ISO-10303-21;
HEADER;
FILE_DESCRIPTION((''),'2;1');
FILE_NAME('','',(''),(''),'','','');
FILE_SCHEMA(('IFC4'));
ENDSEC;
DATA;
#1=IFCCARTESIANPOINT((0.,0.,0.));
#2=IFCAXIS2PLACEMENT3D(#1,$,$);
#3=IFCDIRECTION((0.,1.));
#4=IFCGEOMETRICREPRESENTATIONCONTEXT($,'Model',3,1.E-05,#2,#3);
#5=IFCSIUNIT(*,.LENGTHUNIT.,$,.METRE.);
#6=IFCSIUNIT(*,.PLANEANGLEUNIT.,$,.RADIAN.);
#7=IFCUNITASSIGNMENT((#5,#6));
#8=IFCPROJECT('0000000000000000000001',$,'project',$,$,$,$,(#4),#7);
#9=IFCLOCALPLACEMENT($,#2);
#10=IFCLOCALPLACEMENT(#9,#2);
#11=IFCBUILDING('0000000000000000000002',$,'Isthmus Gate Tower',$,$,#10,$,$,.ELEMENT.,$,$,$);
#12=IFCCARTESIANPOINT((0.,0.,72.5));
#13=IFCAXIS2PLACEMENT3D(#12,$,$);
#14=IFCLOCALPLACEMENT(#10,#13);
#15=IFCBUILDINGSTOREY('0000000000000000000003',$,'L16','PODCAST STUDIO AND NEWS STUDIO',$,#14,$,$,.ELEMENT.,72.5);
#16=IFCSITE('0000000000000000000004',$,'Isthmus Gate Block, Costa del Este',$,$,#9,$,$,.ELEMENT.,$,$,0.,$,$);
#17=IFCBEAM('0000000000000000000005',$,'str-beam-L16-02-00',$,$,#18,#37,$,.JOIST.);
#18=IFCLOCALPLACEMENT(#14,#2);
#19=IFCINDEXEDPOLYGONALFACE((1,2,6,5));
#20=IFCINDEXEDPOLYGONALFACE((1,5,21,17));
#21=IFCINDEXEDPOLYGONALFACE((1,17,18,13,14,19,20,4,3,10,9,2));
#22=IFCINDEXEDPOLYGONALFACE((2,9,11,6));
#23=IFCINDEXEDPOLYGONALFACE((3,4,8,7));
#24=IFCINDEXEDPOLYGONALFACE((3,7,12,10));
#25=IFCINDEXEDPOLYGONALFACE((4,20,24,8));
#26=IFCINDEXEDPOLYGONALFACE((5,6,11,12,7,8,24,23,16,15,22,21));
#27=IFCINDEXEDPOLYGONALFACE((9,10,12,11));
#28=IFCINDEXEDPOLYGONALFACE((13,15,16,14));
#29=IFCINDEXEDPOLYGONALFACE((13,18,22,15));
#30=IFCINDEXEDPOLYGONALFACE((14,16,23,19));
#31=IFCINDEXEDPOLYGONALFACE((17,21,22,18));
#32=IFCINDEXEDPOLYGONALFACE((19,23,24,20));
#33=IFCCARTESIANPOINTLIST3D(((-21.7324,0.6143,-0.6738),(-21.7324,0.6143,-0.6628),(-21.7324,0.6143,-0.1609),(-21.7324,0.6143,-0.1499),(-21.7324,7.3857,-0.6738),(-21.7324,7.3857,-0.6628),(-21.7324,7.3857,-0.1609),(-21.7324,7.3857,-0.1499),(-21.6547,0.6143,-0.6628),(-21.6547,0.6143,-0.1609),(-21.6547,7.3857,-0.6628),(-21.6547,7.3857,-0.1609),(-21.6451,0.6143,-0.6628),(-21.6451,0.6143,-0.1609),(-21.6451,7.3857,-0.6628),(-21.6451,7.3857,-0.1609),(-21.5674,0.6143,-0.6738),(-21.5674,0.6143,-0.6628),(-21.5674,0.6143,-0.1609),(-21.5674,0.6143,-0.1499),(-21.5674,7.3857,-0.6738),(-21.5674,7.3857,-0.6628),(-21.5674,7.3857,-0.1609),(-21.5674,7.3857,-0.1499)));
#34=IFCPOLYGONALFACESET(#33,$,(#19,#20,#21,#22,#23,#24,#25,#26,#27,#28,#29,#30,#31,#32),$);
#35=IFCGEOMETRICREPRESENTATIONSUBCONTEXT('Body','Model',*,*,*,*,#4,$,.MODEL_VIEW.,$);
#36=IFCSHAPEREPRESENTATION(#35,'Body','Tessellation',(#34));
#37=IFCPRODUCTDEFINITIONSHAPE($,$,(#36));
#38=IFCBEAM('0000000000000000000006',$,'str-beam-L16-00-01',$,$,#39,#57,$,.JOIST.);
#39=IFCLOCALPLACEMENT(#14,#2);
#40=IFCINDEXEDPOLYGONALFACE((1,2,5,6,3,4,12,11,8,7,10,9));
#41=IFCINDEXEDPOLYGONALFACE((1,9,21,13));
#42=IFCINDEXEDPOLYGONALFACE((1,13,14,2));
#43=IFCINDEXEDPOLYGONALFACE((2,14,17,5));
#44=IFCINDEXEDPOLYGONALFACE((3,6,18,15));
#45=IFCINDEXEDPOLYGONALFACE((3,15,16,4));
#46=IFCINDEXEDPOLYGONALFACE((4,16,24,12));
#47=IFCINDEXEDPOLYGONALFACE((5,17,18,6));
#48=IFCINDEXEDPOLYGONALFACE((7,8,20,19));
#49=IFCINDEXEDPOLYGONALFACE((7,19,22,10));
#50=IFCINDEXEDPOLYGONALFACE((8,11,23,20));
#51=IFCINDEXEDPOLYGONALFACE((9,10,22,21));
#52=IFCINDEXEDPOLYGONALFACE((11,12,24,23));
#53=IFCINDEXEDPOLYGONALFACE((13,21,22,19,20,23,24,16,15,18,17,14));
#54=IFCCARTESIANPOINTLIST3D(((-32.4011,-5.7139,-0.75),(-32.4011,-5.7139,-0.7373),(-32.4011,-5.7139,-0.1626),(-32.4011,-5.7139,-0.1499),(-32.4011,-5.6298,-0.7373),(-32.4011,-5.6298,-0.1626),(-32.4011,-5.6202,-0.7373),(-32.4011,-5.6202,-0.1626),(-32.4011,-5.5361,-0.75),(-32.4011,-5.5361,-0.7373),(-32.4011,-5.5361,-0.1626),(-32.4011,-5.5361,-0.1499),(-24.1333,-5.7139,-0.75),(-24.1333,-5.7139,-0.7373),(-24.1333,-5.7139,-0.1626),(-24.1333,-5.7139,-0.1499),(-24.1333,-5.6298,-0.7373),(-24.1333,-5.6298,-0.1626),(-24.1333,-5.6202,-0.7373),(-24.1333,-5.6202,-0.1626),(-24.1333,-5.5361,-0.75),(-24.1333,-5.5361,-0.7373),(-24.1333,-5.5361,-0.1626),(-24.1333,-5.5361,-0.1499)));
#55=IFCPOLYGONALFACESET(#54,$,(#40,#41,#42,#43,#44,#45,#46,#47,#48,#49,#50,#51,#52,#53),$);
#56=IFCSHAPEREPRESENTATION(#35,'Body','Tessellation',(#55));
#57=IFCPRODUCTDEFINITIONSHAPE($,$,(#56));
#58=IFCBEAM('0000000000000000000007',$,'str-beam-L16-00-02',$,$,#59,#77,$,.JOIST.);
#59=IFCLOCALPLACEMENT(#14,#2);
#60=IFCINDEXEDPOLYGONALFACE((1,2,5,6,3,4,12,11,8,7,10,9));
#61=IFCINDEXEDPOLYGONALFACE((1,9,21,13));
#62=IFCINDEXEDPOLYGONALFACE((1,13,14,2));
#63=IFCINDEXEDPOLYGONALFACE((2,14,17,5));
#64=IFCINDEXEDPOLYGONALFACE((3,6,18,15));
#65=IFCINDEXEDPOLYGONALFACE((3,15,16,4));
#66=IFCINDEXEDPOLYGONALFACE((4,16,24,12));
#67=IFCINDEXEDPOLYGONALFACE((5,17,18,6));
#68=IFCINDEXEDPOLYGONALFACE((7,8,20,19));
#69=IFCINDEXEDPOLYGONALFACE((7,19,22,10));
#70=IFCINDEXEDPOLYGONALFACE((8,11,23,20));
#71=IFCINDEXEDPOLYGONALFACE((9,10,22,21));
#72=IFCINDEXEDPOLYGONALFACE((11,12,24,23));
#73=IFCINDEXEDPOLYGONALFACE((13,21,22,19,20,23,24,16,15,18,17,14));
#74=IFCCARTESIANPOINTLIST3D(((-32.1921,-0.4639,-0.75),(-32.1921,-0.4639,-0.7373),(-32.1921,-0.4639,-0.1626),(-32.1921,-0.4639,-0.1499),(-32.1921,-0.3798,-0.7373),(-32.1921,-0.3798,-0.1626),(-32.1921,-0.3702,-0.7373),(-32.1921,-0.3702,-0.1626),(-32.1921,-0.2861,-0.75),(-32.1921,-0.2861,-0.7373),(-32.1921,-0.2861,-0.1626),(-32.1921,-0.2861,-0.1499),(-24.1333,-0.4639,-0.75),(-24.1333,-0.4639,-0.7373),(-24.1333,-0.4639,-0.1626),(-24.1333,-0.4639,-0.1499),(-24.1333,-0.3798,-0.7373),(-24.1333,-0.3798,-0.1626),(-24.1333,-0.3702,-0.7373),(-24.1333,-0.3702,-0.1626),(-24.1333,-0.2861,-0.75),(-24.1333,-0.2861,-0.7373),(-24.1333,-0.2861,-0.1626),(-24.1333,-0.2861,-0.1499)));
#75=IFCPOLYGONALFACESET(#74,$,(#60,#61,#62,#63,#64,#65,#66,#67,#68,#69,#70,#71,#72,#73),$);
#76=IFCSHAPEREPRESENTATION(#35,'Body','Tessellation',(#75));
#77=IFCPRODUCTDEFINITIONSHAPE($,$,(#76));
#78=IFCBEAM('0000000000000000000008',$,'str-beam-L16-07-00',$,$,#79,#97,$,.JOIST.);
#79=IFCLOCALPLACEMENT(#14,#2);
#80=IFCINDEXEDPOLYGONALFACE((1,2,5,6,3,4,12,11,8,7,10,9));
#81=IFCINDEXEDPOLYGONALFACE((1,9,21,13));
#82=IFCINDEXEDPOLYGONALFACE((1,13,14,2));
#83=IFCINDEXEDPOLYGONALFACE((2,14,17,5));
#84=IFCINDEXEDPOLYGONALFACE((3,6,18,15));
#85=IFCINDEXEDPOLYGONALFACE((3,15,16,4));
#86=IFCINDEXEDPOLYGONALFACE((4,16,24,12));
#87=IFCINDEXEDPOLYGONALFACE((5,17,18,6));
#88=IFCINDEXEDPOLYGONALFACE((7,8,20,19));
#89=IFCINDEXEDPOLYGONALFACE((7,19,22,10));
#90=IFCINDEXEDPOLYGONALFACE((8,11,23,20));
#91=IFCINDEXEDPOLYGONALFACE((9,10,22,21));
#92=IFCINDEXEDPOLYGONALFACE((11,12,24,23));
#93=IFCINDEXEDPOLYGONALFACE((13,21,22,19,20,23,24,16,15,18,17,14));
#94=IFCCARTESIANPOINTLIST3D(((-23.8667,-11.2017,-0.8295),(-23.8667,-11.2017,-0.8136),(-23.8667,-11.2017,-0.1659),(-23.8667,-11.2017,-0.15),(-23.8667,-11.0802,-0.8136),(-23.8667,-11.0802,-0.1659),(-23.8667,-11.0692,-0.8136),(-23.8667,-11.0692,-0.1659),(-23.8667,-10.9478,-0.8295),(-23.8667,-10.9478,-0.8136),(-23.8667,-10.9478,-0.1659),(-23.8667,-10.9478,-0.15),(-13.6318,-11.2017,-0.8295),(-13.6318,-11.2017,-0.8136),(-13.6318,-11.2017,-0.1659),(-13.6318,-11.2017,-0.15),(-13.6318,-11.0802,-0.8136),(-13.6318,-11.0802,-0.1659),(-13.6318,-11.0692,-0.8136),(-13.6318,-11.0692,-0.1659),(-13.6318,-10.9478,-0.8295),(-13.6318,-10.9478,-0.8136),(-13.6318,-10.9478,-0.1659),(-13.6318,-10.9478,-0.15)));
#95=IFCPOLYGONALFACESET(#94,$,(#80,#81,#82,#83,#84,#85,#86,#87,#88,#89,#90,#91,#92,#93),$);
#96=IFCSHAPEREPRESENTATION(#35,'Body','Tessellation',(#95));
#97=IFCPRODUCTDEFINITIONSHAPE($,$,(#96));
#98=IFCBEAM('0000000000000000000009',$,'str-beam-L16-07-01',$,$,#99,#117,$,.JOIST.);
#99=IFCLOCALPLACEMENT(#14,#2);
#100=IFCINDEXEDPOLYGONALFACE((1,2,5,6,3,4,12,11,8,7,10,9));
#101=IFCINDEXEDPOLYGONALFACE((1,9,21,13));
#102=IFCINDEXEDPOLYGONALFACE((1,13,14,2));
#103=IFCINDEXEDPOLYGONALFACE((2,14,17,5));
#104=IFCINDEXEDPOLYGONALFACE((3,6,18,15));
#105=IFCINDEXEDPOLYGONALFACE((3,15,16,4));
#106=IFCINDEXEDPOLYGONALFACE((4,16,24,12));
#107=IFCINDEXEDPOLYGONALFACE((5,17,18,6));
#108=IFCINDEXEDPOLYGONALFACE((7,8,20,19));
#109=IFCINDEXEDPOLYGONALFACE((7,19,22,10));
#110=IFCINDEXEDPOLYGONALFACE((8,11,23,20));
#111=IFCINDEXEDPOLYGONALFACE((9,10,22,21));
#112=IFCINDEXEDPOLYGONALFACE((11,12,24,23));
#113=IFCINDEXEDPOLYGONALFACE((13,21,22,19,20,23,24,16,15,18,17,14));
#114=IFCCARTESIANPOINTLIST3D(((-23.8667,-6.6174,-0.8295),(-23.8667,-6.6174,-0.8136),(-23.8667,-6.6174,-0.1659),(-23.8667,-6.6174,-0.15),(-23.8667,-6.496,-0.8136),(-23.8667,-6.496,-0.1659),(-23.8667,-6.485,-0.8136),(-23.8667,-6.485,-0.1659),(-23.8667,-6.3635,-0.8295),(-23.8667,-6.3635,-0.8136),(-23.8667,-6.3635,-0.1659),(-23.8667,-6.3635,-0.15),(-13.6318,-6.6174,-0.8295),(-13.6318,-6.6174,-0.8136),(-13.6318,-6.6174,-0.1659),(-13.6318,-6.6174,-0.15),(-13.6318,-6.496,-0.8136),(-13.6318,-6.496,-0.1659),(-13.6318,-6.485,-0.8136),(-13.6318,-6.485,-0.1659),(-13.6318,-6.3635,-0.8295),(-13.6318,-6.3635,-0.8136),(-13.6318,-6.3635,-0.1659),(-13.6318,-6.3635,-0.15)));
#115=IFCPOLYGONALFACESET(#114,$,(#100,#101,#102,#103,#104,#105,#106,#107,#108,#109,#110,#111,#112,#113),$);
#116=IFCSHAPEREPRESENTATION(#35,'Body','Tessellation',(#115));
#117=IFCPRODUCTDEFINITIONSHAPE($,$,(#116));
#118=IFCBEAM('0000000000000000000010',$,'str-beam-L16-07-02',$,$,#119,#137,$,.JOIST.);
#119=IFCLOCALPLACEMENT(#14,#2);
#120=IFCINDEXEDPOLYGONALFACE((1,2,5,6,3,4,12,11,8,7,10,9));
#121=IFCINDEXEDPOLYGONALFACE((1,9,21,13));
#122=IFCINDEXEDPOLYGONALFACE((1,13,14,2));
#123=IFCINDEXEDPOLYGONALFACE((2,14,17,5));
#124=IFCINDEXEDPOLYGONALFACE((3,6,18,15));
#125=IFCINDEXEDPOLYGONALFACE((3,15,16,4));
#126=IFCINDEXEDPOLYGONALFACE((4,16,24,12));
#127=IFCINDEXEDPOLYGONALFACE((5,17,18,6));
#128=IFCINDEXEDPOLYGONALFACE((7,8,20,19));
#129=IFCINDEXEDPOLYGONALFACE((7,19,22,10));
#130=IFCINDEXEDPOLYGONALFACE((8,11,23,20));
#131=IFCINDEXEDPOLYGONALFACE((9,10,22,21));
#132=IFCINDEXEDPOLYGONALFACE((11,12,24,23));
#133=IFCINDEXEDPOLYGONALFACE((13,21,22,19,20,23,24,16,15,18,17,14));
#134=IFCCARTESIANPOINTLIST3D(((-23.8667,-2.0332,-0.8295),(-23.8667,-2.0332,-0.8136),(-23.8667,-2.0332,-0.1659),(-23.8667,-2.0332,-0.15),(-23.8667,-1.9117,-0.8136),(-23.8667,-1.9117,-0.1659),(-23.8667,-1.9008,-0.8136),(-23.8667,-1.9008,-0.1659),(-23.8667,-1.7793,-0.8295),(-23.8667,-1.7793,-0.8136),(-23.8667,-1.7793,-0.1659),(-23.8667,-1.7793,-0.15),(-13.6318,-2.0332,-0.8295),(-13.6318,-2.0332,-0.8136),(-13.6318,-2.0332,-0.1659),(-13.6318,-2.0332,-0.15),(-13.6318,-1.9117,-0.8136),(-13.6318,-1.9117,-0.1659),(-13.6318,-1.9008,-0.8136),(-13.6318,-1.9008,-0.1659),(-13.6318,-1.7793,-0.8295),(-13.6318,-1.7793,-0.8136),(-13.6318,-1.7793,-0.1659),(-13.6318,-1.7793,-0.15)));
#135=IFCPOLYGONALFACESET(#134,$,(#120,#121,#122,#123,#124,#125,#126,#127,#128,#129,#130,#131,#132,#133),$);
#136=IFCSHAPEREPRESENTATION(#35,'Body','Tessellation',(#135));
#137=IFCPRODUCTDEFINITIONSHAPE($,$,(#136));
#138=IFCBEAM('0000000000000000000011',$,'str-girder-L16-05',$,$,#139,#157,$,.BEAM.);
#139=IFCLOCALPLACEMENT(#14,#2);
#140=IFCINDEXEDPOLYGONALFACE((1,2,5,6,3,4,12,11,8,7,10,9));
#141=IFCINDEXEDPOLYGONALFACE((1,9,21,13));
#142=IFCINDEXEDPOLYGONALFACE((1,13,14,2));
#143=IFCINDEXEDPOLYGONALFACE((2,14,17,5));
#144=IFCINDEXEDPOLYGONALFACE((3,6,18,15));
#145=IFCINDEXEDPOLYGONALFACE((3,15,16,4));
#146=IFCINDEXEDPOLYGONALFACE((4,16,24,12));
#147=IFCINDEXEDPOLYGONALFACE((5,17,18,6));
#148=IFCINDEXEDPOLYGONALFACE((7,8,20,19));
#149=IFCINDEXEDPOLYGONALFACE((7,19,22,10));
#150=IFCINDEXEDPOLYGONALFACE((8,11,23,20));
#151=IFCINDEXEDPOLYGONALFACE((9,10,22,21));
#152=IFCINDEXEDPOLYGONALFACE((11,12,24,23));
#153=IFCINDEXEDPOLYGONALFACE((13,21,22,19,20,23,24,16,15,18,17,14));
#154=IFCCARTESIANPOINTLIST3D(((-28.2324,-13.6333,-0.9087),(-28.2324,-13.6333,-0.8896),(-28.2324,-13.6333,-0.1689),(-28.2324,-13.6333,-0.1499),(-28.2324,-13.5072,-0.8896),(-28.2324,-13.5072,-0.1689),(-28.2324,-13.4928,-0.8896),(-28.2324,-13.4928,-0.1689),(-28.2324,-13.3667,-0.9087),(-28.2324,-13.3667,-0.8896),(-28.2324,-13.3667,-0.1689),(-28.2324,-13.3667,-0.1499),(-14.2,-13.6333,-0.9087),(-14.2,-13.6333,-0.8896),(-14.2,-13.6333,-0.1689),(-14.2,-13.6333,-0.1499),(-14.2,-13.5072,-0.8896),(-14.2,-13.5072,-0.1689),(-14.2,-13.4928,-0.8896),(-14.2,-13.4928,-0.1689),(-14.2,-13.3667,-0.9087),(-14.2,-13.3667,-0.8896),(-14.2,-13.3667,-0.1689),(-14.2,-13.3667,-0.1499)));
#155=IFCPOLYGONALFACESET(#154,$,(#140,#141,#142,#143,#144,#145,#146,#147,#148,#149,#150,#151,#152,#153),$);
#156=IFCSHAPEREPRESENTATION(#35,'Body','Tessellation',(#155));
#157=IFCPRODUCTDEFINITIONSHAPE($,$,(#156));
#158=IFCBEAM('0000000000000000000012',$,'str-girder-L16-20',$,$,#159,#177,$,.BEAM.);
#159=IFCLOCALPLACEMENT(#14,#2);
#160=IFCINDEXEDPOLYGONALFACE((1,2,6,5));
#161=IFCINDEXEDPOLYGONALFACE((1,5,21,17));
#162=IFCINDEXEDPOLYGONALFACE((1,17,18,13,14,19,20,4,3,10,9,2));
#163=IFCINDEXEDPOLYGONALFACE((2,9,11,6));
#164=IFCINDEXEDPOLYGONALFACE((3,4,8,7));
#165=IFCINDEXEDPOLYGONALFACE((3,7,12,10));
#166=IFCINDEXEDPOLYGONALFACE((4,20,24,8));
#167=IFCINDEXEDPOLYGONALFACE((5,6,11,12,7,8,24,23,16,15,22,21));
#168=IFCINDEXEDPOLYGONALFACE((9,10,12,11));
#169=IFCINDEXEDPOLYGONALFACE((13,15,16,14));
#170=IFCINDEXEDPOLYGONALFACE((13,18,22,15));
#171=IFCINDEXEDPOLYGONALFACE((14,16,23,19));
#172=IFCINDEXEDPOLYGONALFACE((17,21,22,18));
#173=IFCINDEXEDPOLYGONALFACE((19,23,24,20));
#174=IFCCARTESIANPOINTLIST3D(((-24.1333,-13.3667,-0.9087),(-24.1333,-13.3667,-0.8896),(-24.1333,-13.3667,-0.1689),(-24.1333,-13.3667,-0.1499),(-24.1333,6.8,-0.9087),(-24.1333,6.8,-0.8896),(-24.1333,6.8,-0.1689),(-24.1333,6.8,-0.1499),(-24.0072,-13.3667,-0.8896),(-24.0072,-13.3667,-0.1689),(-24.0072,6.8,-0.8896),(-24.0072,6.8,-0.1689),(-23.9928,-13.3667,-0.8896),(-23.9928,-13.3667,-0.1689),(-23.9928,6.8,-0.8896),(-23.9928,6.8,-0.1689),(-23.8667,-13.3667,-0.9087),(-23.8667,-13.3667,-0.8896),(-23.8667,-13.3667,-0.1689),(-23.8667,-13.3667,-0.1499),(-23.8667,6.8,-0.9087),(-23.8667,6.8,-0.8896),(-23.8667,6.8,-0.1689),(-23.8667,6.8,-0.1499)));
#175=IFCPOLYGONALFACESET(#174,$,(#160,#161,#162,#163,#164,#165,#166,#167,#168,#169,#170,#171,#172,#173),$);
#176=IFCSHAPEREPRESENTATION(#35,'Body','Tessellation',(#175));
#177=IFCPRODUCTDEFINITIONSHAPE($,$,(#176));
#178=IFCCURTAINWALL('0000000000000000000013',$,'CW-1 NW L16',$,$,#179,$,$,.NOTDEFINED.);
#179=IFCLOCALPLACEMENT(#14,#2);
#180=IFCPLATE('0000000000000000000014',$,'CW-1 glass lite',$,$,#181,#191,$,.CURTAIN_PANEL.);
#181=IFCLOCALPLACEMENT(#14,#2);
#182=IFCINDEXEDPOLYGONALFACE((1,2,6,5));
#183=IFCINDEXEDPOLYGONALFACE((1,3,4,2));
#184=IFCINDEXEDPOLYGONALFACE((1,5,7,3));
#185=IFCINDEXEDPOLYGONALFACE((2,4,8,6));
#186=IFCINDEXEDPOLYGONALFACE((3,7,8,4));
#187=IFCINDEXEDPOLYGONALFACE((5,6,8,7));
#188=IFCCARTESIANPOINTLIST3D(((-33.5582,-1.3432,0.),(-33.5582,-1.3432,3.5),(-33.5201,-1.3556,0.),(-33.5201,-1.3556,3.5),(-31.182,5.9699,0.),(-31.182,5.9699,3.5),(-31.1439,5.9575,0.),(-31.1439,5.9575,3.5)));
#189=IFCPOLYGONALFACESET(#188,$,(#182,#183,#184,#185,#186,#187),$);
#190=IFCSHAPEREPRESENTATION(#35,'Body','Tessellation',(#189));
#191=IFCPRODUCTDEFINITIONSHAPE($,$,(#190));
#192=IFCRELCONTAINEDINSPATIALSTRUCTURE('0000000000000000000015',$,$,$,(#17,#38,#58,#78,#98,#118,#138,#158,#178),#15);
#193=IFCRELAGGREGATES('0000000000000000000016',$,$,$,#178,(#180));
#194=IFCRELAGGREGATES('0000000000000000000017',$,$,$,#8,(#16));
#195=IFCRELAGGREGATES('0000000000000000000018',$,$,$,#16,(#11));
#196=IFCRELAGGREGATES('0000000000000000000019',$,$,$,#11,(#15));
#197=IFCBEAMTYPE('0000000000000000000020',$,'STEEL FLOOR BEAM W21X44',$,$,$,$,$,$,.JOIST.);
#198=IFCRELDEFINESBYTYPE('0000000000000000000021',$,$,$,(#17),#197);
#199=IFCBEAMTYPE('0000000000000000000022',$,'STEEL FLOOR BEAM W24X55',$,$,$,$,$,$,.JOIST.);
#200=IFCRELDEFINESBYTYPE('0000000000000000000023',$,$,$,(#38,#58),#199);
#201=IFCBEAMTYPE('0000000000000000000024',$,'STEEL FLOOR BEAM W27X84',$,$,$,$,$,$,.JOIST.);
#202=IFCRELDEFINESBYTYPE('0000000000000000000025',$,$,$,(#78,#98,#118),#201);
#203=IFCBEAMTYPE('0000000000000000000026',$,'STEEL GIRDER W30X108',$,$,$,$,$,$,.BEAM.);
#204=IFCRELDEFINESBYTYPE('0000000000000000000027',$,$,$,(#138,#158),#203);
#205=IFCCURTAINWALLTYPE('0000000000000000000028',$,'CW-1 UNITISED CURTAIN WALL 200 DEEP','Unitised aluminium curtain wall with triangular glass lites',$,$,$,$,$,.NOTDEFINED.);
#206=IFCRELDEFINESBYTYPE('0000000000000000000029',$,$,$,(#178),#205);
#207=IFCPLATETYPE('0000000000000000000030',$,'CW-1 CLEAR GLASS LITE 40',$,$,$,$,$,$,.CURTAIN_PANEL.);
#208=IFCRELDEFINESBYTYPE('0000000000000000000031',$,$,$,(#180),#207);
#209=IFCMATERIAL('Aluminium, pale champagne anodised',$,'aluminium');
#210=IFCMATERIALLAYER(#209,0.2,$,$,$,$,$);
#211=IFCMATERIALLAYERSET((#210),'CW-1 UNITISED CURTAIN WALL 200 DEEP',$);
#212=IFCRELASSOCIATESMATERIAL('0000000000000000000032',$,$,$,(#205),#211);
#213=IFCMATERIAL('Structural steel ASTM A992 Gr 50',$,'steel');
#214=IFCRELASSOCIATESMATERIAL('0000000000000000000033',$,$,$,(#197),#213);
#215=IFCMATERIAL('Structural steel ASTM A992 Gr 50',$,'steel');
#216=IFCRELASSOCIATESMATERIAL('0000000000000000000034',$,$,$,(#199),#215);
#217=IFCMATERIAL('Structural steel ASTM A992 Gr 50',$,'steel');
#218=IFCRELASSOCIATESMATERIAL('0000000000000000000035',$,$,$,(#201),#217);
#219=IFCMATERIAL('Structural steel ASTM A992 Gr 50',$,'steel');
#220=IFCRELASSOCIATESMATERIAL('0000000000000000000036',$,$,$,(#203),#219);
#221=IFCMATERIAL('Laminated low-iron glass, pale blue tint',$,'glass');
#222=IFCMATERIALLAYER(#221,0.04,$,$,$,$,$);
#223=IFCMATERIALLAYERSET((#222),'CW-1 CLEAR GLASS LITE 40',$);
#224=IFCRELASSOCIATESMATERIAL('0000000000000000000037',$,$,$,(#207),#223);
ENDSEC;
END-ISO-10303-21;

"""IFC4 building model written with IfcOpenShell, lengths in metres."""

from ifc_helpers import new_model, si_unit, direction, frame, origin, origin_2d, place, context, subcontext, project, spatial, rectangle, i_section, extrude, material, layer, layer_set, material_profile, profile_set, type_object, element, aggregate, save


model = new_model("IFC4")

# Units and contexts
model_context = context("Model", 3, precision=1e-05, world=origin(), true_north=direction((0.0, 1.0)))
body_context = subcontext(model_context, "Body", "Model", "MODEL_VIEW")
ifc_project = project(units=[si_unit("LENGTHUNIT", "METRE"), si_unit("PLANEANGLEUNIT", "RADIAN")], contexts=[model_context])

# Site, building, storey
site_placement = place(None, origin())
site = spatial("IfcSite", under=ifc_project, at=site_placement, Name="Isthmus Gate Block, Costa del Este", CompositionType="ELEMENT", RefElevation=0.0)
building_placement = place(site_placement, origin())
building = spatial("IfcBuilding", under=site, at=building_placement, Name="Isthmus Gate Tower", CompositionType="ELEMENT")
storey_placement = place(building_placement, frame((0.0, 0.0, 72.5)))
storey = spatial("IfcBuildingStorey", under=building, at=storey_placement, Name="L16", Description="PODCAST STUDIO AND NEWS STUDIO", CompositionType="ELEMENT", Elevation=72.5)

# Shared definitions
ifc_material_1 = material(Name="Aluminium, pale champagne anodised", Category="aluminium")
ifc_layer_1 = layer(ifc_material_1, 0.2)
ifc_layer_set_1 = layer_set([ifc_layer_1], Name="CW-1 UNITISED CURTAIN WALL 200 DEEP")
curtain_wall_type = type_object("IfcCurtainWallType", Name="CW-1 UNITISED CURTAIN WALL 200 DEEP", Description="Unitised aluminium curtain wall with triangular glass lites", PredefinedType="NOTDEFINED", material=ifc_layer_set_1)

# Beams
ifc_material_2 = material(Name="Structural steel ASTM A992 Gr 50", Category="steel")
ifc_material_profile_1 = material_profile(ifc_material_2, i_section(OverallWidth=0.165, OverallDepth=0.5239, WebThickness=0.0095, FlangeThickness=0.011, at=origin_2d()), Name="W21X44")
ifc_profile_set_1 = profile_set([ifc_material_profile_1], Name="Structural steel ASTM A992 Gr 50")
beam_type_1 = type_object("IfcBeamType", Name="STEEL FLOOR BEAM W21X44", PredefinedType="JOIST", material=ifc_profile_set_1)
beam_1_placement = place(storey_placement, frame((-21.6499, 0.6143, -0.4119), z_axis=(0.0, 1.0, 0.0), x_axis=(-1.0, 0.0, 0.0)))
element("IfcBeam", 1, at=beam_1_placement, inside=storey, type_object=beam_type_1, Name="str-beam-L16-02-00", PredefinedType="JOIST", context=body_context, shape_type="SweptSolid", body=[
    extrude(i_section(OverallWidth=0.165, OverallDepth=0.5239, WebThickness=0.0095, FlangeThickness=0.011, at=origin_2d()), origin(), (0.0, 0.0, 1.0), 6.7715),
])
ifc_material_3 = material(Name="Structural steel ASTM A992 Gr 50", Category="steel")
ifc_material_profile_2 = material_profile(ifc_material_3, i_section(OverallWidth=0.1777, OverallDepth=0.6001, WebThickness=0.0095, FlangeThickness=0.0127, at=origin_2d()), Name="W24X55")
ifc_profile_set_2 = profile_set([ifc_material_profile_2], Name="Structural steel ASTM A992 Gr 50")
beam_type_2 = type_object("IfcBeamType", Name="STEEL FLOOR BEAM W24X55", PredefinedType="JOIST", material=ifc_profile_set_2)
beam_2_placement = place(storey_placement, frame((-32.4011, -5.625, -0.45), z_axis=(1.0, 0.0, 0.0), x_axis=(0.0, 1.0, 0.0)))
element("IfcBeam", 2, at=beam_2_placement, inside=storey, type_object=beam_type_2, Name="str-beam-L16-00-01", PredefinedType="JOIST", context=body_context, shape_type="SweptSolid", body=[
    extrude(i_section(OverallWidth=0.1777, OverallDepth=0.6001, WebThickness=0.0095, FlangeThickness=0.0127, at=origin_2d()), origin(), (0.0, 0.0, 1.0), 8.2678),
])
beam_3_placement = place(storey_placement, frame((-32.1921, -0.375, -0.45), z_axis=(1.0, 0.0, 0.0), x_axis=(0.0, 1.0, 0.0)))
element("IfcBeam", 3, at=beam_3_placement, inside=storey, type_object=beam_type_2, Name="str-beam-L16-00-02", PredefinedType="JOIST", context=body_context, shape_type="SweptSolid", body=[
    extrude(i_section(OverallWidth=0.1777, OverallDepth=0.6001, WebThickness=0.0095, FlangeThickness=0.0127, at=origin_2d()), origin(), (0.0, 0.0, 1.0), 8.0588),
])
ifc_material_4 = material(Name="Structural steel ASTM A992 Gr 50", Category="steel")
ifc_material_profile_3 = material_profile(ifc_material_4, i_section(OverallWidth=0.2539, OverallDepth=0.6794, WebThickness=0.011, FlangeThickness=0.0159, at=origin_2d()), Name="W27X84")
ifc_profile_set_3 = profile_set([ifc_material_profile_3], Name="Structural steel ASTM A992 Gr 50")
beam_type_3 = type_object("IfcBeamType", Name="STEEL FLOOR BEAM W27X84", PredefinedType="JOIST", material=ifc_profile_set_3)
for number, where, z_axis, x_axis, name in (
    (4, (-23.8667, -11.0747, -0.4897), (1.0, 0.0, 0.0), (0.0, 1.0, 0.0), "str-beam-L16-07-00"),
    (5, (-23.8667, -6.4905, -0.4897), (1.0, 0.0, 0.0), (0.0, 1.0, 0.0), "str-beam-L16-07-01"),
    (6, (-23.8667, -1.9062, -0.4897), (1.0, 0.0, 0.0), (0.0, 1.0, 0.0), "str-beam-L16-07-02"),
):
    element("IfcBeam", number, at=place(storey_placement, frame(where, z_axis=z_axis, x_axis=x_axis)), inside=storey, type_object=beam_type_3, Name=name, PredefinedType="JOIST", context=body_context, shape_type="SweptSolid", body=[
        extrude(i_section(OverallWidth=0.2539, OverallDepth=0.6794, WebThickness=0.011, FlangeThickness=0.0159, at=origin_2d()), origin(), (0.0, 0.0, 1.0), 10.2349),
    ])
ifc_material_5 = material(Name="Structural steel ASTM A992 Gr 50", Category="steel")
ifc_material_profile_4 = material_profile(ifc_material_5, i_section(OverallWidth=0.2666, OverallDepth=0.7588, WebThickness=0.0144, FlangeThickness=0.019, at=origin_2d()), Name="W30X108")
ifc_profile_set_4 = profile_set([ifc_material_profile_4], Name="Structural steel ASTM A992 Gr 50")
beam_type_4 = type_object("IfcBeamType", Name="STEEL GIRDER W30X108", PredefinedType="BEAM", material=ifc_profile_set_4)
beam_4_placement = place(storey_placement, frame((-28.2324, -13.5, -0.5293), z_axis=(1.0, 0.0, 0.0), x_axis=(0.0, 1.0, 0.0)))
element("IfcBeam", 7, at=beam_4_placement, inside=storey, type_object=beam_type_4, Name="str-girder-L16-05", PredefinedType="BEAM", context=body_context, shape_type="SweptSolid", body=[
    extrude(i_section(OverallWidth=0.2666, OverallDepth=0.7588, WebThickness=0.0144, FlangeThickness=0.019, at=origin_2d()), origin(), (0.0, 0.0, 1.0), 14.0325),
])
beam_5_placement = place(storey_placement, frame((-24.0, -13.3667, -0.5293), z_axis=(0.0, 1.0, 0.0), x_axis=(-1.0, 0.0, 0.0)))
element("IfcBeam", 8, at=beam_5_placement, inside=storey, type_object=beam_type_4, Name="str-girder-L16-20", PredefinedType="BEAM", context=body_context, shape_type="SweptSolid", body=[
    extrude(i_section(OverallWidth=0.2666, OverallDepth=0.7588, WebThickness=0.0144, FlangeThickness=0.019, at=origin_2d()), origin(), (0.0, 0.0, 1.0), 20.1667),
])

# Curtain wall, plate
curtain_wall_1_placement = place(storey_placement, origin())
curtain_wall_1 = element("IfcCurtainWall", 9, at=curtain_wall_1_placement, inside=storey, type_object=curtain_wall_type, Name="CW-1 NW L16", PredefinedType="NOTDEFINED")
ifc_material_6 = material(Name="Laminated low-iron glass, pale blue tint", Category="glass")
ifc_layer_2 = layer(ifc_material_6, 0.04)
ifc_layer_set_2 = layer_set([ifc_layer_2], Name="CW-1 CLEAR GLASS LITE 40")
plate_type = type_object("IfcPlateType", Name="CW-1 CLEAR GLASS LITE 40", PredefinedType="CURTAIN_PANEL", material=ifc_layer_set_2)
plate_1_placement = place(storey_placement, frame((-32.3511, 2.3071, 0.0), z_axis=(0.0, 0.0, 1.0), x_axis=(-0.309017, -0.951057, 0.0)))
plate_1 = element("IfcPlate", 10, at=plate_1_placement, type_object=plate_type, Name="CW-1 glass lite", PredefinedType="CURTAIN_PANEL", context=body_context, shape_type="SweptSolid", body=[
    extrude(rectangle(XDim=7.6895, YDim=0.04, at=origin_2d()), origin(), (0.0, 0.0, 1.0), 3.5),
])
aggregate(curtain_wall_1, [plate_1])

save(model, "model.ifc")
